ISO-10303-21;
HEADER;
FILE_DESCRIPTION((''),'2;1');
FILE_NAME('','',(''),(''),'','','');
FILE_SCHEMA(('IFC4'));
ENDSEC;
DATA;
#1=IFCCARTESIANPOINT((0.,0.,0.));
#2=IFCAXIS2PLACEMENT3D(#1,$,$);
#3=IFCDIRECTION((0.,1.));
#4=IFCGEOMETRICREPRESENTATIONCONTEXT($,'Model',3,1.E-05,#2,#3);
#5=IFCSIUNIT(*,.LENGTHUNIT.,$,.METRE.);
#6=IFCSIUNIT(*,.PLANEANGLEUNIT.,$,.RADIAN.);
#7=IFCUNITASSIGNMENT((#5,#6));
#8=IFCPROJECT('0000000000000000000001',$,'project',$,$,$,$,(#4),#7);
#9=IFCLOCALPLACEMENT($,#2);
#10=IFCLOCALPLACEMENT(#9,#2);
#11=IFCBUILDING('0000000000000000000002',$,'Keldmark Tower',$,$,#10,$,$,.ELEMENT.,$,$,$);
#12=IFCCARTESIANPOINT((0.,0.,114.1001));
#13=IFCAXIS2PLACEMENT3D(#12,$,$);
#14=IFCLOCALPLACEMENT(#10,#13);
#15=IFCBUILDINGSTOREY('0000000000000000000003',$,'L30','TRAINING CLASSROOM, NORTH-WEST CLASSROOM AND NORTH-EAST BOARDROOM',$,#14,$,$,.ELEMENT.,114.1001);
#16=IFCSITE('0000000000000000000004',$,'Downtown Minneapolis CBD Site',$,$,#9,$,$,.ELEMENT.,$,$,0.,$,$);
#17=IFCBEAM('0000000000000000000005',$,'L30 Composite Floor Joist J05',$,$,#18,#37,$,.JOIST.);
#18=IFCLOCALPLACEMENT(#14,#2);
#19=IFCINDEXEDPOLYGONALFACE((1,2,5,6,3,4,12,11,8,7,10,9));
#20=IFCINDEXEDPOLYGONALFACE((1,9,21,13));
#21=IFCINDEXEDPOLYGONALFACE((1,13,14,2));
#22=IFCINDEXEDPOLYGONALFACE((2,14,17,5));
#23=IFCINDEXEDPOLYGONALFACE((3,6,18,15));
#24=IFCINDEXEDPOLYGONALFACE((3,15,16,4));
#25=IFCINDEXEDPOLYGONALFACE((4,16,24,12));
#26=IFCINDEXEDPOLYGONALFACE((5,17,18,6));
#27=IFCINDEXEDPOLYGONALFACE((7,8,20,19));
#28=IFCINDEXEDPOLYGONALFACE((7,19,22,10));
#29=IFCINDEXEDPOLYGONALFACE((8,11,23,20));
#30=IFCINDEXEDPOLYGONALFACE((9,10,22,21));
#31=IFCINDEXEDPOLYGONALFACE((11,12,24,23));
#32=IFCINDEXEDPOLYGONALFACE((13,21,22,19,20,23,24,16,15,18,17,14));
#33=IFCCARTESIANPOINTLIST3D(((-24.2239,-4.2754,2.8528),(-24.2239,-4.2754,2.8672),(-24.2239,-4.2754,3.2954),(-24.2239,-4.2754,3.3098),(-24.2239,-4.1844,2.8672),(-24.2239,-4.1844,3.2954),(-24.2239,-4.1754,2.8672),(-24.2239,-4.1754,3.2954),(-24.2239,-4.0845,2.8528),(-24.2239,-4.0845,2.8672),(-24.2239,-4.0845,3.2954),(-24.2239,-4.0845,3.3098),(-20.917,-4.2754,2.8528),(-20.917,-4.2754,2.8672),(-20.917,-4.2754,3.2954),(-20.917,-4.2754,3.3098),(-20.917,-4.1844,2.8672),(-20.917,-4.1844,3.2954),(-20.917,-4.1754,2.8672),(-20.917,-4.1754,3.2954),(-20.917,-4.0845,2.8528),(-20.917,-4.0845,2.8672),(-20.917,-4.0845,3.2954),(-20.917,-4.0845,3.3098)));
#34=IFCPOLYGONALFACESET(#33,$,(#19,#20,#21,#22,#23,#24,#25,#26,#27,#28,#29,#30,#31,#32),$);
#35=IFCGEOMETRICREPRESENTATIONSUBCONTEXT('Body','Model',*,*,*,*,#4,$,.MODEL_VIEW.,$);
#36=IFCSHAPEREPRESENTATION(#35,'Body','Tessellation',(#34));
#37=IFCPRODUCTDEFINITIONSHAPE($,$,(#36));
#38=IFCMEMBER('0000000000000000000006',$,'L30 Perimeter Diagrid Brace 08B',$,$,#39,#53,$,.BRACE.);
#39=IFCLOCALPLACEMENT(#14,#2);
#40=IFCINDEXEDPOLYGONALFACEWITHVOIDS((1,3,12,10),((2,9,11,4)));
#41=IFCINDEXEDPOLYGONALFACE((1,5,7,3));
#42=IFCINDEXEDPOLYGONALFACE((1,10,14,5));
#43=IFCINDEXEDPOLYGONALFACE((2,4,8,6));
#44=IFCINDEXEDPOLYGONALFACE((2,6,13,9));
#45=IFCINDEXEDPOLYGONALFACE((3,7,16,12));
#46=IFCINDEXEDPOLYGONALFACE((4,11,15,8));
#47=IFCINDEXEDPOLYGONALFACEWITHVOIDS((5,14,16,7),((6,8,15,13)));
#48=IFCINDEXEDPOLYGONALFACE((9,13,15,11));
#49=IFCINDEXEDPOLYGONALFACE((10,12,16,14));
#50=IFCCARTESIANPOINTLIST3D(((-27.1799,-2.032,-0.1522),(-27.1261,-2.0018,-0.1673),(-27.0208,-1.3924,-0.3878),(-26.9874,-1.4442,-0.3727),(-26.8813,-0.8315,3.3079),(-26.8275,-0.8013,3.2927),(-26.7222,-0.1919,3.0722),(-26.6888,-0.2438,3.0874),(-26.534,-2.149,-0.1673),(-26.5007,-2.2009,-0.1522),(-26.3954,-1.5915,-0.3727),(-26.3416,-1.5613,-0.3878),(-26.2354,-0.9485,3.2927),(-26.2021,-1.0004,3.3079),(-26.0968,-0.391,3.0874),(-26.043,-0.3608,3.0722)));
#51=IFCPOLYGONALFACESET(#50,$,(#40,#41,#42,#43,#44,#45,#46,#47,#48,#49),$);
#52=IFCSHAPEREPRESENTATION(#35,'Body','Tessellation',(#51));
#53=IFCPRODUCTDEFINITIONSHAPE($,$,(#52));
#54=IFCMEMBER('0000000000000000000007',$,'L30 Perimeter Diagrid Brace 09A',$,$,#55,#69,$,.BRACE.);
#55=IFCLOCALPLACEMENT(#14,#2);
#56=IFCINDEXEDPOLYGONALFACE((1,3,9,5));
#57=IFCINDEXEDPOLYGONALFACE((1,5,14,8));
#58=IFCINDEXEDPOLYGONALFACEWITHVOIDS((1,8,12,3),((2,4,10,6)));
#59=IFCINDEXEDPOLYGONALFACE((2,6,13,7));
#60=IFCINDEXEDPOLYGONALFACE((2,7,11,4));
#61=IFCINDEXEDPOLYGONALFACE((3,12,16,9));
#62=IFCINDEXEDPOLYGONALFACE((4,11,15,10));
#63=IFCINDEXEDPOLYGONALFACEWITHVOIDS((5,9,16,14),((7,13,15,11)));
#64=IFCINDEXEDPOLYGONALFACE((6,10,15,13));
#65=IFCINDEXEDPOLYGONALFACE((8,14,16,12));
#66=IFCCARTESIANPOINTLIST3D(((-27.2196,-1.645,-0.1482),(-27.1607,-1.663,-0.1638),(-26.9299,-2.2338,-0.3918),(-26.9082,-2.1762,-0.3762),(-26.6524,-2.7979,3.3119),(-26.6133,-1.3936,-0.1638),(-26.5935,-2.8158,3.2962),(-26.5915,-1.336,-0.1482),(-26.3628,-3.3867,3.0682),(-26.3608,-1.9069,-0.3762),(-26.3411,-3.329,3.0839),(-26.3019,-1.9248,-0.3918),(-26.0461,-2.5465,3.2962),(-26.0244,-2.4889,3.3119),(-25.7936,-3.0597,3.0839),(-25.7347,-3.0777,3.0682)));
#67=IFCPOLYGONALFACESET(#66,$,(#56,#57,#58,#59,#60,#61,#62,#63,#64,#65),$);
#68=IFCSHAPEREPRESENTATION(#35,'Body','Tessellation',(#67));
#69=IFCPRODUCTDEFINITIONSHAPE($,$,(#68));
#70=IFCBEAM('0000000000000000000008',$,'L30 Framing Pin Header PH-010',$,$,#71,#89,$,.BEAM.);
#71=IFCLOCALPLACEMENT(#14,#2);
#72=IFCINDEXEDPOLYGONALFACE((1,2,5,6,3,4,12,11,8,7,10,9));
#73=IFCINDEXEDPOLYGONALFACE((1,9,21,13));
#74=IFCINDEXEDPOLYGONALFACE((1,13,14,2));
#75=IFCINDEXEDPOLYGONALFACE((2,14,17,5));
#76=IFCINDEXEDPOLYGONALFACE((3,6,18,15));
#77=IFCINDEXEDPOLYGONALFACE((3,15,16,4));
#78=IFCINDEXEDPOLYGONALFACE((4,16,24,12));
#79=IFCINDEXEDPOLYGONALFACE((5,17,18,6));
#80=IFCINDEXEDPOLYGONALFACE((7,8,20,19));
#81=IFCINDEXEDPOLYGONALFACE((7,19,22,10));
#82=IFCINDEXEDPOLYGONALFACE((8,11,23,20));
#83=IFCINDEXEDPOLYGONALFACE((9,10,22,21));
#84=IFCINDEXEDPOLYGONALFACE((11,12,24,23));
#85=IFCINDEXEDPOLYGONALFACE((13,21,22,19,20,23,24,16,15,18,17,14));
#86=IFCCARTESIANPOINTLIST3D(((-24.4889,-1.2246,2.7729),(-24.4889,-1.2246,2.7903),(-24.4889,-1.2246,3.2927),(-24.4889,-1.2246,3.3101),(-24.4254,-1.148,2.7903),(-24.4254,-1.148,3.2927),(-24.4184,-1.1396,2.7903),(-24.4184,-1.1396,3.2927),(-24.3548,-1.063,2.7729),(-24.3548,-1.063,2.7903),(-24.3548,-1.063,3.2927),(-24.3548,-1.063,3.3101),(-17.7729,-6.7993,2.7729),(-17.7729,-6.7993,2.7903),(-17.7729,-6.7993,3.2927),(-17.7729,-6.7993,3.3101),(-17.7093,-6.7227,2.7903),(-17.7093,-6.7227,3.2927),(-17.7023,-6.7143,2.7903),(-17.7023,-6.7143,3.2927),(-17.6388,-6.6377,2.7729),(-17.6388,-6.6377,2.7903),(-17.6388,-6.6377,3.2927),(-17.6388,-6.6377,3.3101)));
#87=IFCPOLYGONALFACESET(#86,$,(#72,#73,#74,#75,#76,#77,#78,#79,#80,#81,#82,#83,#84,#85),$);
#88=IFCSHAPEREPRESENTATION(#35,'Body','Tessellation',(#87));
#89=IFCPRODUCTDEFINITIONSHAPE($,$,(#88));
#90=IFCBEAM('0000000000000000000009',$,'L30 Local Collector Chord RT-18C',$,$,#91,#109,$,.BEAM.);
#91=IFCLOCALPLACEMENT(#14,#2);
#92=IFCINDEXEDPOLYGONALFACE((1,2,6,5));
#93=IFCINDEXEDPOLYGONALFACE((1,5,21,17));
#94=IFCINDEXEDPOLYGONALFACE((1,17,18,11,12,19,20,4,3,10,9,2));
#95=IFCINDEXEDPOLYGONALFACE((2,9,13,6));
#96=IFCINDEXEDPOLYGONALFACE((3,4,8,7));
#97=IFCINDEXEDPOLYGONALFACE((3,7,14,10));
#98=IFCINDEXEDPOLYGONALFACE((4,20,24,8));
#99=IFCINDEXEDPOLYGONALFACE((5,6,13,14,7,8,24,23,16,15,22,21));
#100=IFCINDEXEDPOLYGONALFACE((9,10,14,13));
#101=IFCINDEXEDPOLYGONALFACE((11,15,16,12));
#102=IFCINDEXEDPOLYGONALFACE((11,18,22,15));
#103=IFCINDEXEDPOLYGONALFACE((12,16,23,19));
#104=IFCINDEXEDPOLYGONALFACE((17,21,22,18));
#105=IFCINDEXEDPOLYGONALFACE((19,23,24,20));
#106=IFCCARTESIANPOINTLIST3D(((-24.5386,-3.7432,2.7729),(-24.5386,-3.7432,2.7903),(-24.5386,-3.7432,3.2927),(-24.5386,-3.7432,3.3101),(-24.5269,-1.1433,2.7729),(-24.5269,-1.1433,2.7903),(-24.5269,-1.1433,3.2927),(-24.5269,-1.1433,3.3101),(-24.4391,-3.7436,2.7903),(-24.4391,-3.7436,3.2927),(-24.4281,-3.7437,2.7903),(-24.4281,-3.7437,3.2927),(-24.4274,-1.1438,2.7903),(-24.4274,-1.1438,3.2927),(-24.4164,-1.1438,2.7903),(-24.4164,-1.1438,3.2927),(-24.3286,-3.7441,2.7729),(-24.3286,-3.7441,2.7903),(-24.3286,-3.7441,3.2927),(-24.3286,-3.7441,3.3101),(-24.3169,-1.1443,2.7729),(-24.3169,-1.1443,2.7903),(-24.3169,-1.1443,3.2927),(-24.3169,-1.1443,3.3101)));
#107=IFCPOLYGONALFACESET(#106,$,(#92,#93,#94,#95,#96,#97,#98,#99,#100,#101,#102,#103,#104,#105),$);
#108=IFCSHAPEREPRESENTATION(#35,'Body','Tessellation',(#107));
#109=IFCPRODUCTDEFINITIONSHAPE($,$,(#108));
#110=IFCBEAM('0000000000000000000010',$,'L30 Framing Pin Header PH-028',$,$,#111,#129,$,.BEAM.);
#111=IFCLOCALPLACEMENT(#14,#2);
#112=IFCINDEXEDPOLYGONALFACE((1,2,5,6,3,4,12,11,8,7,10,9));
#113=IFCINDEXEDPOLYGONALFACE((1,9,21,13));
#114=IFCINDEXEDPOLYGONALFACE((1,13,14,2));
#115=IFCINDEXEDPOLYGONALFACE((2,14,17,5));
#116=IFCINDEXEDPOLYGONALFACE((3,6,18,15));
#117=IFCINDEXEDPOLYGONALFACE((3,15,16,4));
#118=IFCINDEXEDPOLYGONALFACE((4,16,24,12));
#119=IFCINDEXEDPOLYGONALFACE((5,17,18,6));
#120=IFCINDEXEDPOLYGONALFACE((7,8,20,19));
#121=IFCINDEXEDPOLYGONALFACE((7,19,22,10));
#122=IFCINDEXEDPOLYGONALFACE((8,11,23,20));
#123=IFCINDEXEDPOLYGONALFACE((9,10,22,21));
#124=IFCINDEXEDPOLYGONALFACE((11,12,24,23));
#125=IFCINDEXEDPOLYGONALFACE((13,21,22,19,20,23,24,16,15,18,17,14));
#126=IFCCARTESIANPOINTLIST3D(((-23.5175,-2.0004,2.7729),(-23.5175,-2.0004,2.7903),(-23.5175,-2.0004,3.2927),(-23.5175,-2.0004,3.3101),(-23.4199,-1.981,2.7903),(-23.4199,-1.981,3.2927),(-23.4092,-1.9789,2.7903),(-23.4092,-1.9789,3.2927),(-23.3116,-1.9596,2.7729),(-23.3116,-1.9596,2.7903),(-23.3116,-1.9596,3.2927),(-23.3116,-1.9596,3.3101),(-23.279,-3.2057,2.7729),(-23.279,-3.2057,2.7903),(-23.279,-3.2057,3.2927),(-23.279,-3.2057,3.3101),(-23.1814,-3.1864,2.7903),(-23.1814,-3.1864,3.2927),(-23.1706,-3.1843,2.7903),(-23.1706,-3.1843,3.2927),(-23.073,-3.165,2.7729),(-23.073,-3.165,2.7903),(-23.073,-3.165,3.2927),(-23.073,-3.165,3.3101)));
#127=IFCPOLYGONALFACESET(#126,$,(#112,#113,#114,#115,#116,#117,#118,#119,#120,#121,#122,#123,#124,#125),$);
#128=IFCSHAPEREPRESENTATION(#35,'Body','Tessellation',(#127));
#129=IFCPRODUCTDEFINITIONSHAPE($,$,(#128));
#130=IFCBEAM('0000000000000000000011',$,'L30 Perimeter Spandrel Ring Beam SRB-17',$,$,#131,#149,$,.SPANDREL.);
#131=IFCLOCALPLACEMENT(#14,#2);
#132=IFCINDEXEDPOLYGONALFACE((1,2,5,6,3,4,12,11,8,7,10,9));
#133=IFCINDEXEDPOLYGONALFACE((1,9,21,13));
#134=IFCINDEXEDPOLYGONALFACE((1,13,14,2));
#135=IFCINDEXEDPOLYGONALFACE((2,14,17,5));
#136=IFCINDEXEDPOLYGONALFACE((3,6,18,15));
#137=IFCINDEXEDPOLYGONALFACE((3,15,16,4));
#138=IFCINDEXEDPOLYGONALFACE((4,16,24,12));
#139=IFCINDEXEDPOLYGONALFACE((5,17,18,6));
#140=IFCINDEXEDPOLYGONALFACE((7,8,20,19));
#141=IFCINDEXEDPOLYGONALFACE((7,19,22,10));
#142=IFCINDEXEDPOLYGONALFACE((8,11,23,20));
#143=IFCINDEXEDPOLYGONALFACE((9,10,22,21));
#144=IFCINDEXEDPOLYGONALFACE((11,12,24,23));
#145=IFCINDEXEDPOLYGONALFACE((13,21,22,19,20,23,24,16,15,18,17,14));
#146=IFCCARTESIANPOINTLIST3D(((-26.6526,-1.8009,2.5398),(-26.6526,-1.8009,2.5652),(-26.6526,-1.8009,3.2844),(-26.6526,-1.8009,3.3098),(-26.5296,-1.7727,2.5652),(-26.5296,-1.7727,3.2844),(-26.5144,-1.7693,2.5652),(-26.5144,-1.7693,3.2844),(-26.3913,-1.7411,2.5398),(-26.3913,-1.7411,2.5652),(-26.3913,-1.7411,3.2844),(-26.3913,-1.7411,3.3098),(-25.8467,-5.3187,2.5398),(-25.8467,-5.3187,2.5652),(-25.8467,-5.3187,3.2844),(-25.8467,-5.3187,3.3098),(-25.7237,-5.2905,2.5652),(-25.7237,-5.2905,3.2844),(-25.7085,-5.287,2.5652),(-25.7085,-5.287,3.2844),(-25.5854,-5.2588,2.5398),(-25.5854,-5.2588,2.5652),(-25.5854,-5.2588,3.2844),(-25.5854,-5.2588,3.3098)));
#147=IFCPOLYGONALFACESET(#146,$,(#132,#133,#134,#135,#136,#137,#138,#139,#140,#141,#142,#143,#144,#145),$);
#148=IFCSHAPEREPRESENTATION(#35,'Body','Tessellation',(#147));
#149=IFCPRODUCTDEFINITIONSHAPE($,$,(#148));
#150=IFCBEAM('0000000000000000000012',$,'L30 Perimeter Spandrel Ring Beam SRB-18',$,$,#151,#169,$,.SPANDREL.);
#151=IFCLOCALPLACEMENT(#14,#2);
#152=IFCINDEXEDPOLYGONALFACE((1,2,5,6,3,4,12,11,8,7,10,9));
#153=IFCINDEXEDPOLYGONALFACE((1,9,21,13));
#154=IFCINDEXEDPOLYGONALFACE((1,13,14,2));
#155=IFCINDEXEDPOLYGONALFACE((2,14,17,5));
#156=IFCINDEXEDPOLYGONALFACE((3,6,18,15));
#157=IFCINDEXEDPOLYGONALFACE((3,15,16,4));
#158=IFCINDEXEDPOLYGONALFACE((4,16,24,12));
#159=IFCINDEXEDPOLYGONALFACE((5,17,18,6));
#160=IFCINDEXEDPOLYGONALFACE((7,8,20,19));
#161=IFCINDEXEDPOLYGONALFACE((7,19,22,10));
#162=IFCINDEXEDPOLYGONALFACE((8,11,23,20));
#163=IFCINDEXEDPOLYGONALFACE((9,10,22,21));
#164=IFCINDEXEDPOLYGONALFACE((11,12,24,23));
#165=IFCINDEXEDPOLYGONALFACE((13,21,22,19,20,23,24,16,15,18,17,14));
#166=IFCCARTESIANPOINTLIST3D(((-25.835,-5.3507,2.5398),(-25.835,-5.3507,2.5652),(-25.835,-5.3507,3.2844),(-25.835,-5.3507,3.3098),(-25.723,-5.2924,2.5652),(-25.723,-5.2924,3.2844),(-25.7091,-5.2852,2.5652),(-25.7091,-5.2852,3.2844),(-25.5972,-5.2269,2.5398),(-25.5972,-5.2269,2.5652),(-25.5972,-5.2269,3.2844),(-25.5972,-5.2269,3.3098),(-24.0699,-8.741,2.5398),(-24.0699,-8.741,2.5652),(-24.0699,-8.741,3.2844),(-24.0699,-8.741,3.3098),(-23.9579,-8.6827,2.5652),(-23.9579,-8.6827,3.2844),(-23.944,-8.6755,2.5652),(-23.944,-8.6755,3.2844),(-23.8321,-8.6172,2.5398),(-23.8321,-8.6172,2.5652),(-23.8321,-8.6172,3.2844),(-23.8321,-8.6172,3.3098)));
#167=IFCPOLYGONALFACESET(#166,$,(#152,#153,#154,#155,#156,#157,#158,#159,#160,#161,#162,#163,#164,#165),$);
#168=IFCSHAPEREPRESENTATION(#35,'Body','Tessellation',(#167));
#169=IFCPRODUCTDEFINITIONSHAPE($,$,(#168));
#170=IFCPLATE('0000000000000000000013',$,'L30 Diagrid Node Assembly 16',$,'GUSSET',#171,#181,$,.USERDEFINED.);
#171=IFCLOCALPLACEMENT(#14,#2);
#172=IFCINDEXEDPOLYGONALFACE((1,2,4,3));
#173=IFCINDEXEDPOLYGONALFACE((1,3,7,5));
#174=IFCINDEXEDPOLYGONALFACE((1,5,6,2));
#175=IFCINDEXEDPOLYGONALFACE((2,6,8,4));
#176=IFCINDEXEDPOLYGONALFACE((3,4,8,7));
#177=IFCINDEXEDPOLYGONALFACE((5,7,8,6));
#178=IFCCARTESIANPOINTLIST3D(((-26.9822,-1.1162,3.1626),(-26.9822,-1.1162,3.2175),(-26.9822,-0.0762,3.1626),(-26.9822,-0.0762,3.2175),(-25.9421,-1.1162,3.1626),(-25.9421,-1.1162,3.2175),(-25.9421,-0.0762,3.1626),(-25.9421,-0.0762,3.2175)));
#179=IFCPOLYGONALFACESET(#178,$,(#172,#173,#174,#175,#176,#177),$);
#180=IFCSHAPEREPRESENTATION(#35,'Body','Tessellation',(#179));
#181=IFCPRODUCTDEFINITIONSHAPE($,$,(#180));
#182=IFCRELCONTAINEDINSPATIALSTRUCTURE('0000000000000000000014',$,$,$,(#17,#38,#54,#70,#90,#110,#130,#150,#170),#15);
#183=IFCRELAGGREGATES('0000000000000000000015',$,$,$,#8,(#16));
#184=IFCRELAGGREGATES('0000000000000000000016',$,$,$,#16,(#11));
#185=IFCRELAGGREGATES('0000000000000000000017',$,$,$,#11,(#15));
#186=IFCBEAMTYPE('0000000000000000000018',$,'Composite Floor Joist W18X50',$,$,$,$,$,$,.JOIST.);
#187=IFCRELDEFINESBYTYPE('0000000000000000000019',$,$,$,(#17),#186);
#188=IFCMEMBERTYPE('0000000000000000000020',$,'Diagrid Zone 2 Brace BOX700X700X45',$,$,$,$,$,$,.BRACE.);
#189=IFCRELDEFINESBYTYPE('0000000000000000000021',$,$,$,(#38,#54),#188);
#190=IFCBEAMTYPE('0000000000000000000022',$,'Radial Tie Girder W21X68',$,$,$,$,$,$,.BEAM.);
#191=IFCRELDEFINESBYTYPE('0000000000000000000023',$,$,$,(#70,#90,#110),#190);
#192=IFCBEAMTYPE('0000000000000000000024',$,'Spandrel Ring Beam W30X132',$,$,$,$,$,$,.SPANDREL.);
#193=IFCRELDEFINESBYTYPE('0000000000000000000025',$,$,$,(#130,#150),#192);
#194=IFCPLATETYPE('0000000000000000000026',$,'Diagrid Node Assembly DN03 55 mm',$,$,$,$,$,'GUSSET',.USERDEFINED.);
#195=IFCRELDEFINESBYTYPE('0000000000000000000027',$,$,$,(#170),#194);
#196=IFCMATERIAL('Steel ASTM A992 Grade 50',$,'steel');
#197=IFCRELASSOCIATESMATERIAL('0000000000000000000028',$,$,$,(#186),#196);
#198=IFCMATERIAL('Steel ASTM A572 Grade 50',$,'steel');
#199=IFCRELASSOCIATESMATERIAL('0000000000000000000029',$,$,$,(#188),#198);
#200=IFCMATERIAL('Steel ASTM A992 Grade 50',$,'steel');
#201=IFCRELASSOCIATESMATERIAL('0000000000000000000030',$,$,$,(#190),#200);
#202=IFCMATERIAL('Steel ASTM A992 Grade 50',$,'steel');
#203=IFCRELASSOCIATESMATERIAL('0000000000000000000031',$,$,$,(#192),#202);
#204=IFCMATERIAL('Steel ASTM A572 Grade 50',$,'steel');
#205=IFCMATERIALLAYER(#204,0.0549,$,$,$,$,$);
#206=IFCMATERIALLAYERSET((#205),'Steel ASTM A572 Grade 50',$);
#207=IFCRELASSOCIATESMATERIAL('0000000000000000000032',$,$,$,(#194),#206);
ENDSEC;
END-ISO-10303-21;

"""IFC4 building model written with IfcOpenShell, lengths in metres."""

from ifc_helpers import new_model, si_unit, direction, frame, origin, origin_2d, place, context, subcontext, project, spatial, rectangle, hollow_rectangle, i_section, extrude, material, layer, layer_set, material_profile, profile_set, type_object, element, save


model = new_model("IFC4")

# Units and contexts
model_context = context("Model", 3, precision=1e-05, world=origin(), true_north=direction((0.0, 1.0)))
body_context = subcontext(model_context, "Body", "Model", "MODEL_VIEW")
ifc_project = project(units=[si_unit("LENGTHUNIT", "METRE"), si_unit("PLANEANGLEUNIT", "RADIAN")], contexts=[model_context])

# Site, building, storey
site_placement = place(None, origin())
site = spatial("IfcSite", under=ifc_project, at=site_placement, Name="Downtown Minneapolis CBD Site", CompositionType="ELEMENT", RefElevation=0.0)
building_placement = place(site_placement, origin())
building = spatial("IfcBuilding", under=site, at=building_placement, Name="Keldmark Tower", CompositionType="ELEMENT")
storey_placement = place(building_placement, frame((0.0, 0.0, 114.1001)))
storey = spatial("IfcBuildingStorey", under=building, at=storey_placement, Name="L30", Description="TRAINING CLASSROOM, NORTH-WEST CLASSROOM AND NORTH-EAST BOARDROOM", CompositionType="ELEMENT", Elevation=114.1001)

# Beam
ifc_material_1 = material(Name="Steel ASTM A992 Grade 50", Category="steel")
ifc_material_profile_1 = material_profile(ifc_material_1, i_section(OverallWidth=0.1909, OverallDepth=0.457, WebThickness=0.009, FlangeThickness=0.0144, at=origin_2d()), Name="W18X50")
ifc_profile_set_1 = profile_set([ifc_material_profile_1], Name="Steel ASTM A992 Grade 50")
beam_type_1 = type_object("IfcBeamType", Name="Composite Floor Joist W18X50", PredefinedType="JOIST", material=ifc_profile_set_1)
beam_1_placement = place(storey_placement, frame((-24.2239, -4.1799, 3.0813), z_axis=(1.0, 0.0, 0.0), x_axis=(0.0, 1.0, 0.0)))
element("IfcBeam", 1, at=beam_1_placement, inside=storey, type_object=beam_type_1, Name="L30 Composite Floor Joist J05", PredefinedType="JOIST", context=body_context, shape_type="SweptSolid", body=[
    extrude(i_section(OverallWidth=0.1909, OverallDepth=0.457, WebThickness=0.009, FlangeThickness=0.0144, at=origin_2d()), origin(), (0.0, 0.0, 1.0), 3.3069),
])

# Members
ifc_material_2 = material(Name="Steel ASTM A572 Grade 50", Category="steel")
ifc_material_profile_2 = material_profile(ifc_material_2, hollow_rectangle(XDim=0.7, YDim=0.7, WallThickness=0.0449, at=origin_2d()), Name="BOX700X700X45")
ifc_profile_set_2 = profile_set([ifc_material_profile_2], Name="Steel ASTM A572 Grade 50")
member_type = type_object("IfcMemberType", Name="Diagrid Zone 2 Brace BOX700X700X45", PredefinedType="BRACE", material=ifc_profile_set_2)
member_1_placement = place(storey_placement, frame((-26.7607, -1.7966, -0.27), z_axis=(0.08126, 0.3267, 0.941628), x_axis=(-0.970432, 0.241374, 0.0)))
element("IfcMember", 2, at=member_1_placement, inside=storey, type_object=member_type, Name="L30 Perimeter Diagrid Brace 08B", PredefinedType="BRACE", context=body_context, shape_type="SweptSolid", body=[
    extrude(hollow_rectangle(XDim=0.7, YDim=0.7, WallThickness=0.0449, at=origin_2d()), origin(), (0.0, 0.0, 1.0), 3.6746),
])
member_2_placement = place(storey_placement, frame((-26.7607, -1.7849, -0.27), z_axis=(0.153663, -0.312353, 0.937456), x_axis=(0.897297, 0.441428, 0.0)))
element("IfcMember", 3, at=member_2_placement, inside=storey, type_object=member_type, Name="L30 Perimeter Diagrid Brace 09A", PredefinedType="BRACE", context=body_context, shape_type="SweptSolid", body=[
    extrude(hollow_rectangle(XDim=0.7, YDim=0.7, WallThickness=0.0449, at=origin_2d()), origin(), (0.0, 0.0, 1.0), 3.6909),
])

# Beams
ifc_material_3 = material(Name="Steel ASTM A992 Grade 50", Category="steel")
ifc_material_profile_3 = material_profile(ifc_material_3, i_section(OverallWidth=0.21, OverallDepth=0.5371, WebThickness=0.011, FlangeThickness=0.0173, at=origin_2d()), Name="W21X68")
ifc_profile_set_3 = profile_set([ifc_material_profile_3], Name="Steel ASTM A992 Grade 50")
beam_type_2 = type_object("IfcBeamType", Name="Radial Tie Girder W21X68", PredefinedType="BEAM", material=ifc_profile_set_3)
beam_2_placement = place(storey_placement, frame((-24.4219, -1.1438, 3.0415), z_axis=(0.76946, -0.638695, 0.0), x_axis=(0.638695, 0.76946, 0.0)))
element("IfcBeam", 4, at=beam_2_placement, inside=storey, type_object=beam_type_2, Name="L30 Framing Pin Header PH-010", PredefinedType="BEAM", context=body_context, shape_type="SweptSolid", body=[
    extrude(i_section(OverallWidth=0.21, OverallDepth=0.5371, WebThickness=0.011, FlangeThickness=0.0173, at=origin_2d()), origin(), (0.0, 0.0, 1.0), 8.7283),
])
beam_3_placement = place(storey_placement, frame((-24.4219, -1.1438, 3.0415), z_axis=(-0.004507, -0.99999, 0.0), x_axis=(0.99999, -0.004507, 0.0)))
element("IfcBeam", 5, at=beam_3_placement, inside=storey, type_object=beam_type_2, Name="L30 Local Collector Chord RT-18C", PredefinedType="BEAM", context=body_context, shape_type="SweptSolid", body=[
    extrude(i_section(OverallWidth=0.21, OverallDepth=0.5371, WebThickness=0.011, FlangeThickness=0.0173, at=origin_2d()), origin(), (0.0, 0.0, 1.0), 2.5999),
])
beam_4_placement = place(storey_placement, frame((-23.4146, -1.98, 3.0415), z_axis=(0.194129, -0.980976, 0.0), x_axis=(0.980976, 0.194129, 0.0)))
element("IfcBeam", 6, at=beam_4_placement, inside=storey, type_object=beam_type_2, Name="L30 Framing Pin Header PH-028", PredefinedType="BEAM", context=body_context, shape_type="SweptSolid", body=[
    extrude(i_section(OverallWidth=0.21, OverallDepth=0.5371, WebThickness=0.011, FlangeThickness=0.0173, at=origin_2d()), origin(), (0.0, 0.0, 1.0), 1.2288),
])
ifc_material_4 = material(Name="Steel ASTM A992 Grade 50", Category="steel")
ifc_material_profile_4 = material_profile(ifc_material_4, i_section(OverallWidth=0.2681, OverallDepth=0.77, WebThickness=0.0156, FlangeThickness=0.0254, at=origin_2d()), Name="W30X132")
ifc_profile_set_4 = profile_set([ifc_material_profile_4], Name="Steel ASTM A992 Grade 50")
beam_type_3 = type_object("IfcBeamType", Name="Spandrel Ring Beam W30X132", PredefinedType="SPANDREL", material=ifc_profile_set_4)
beam_5_placement = place(storey_placement, frame((-26.522, -1.771, 2.9248), z_axis=(0.223308, -0.974748, 0.0), x_axis=(0.974748, 0.223308, 0.0)))
element("IfcBeam", 7, at=beam_5_placement, inside=storey, type_object=beam_type_3, Name="L30 Perimeter Spandrel Ring Beam SRB-17", PredefinedType="SPANDREL", context=body_context, shape_type="SweptSolid", body=[
    extrude(i_section(OverallWidth=0.2681, OverallDepth=0.77, WebThickness=0.0156, FlangeThickness=0.0254, at=origin_2d()), origin(), (0.0, 0.0, 1.0), 3.6089),
])
beam_6_placement = place(storey_placement, frame((-25.7161, -5.2888, 2.9248), z_axis=(0.461793, -0.886988, 0.0), x_axis=(0.886988, 0.461793, 0.0)))
element("IfcBeam", 8, at=beam_6_placement, inside=storey, type_object=beam_type_3, Name="L30 Perimeter Spandrel Ring Beam SRB-18", PredefinedType="SPANDREL", context=body_context, shape_type="SweptSolid", body=[
    extrude(i_section(OverallWidth=0.2681, OverallDepth=0.77, WebThickness=0.0156, FlangeThickness=0.0254, at=origin_2d()), origin(), (0.0, 0.0, 1.0), 3.8223),
])

# Plate
ifc_material_5 = material(Name="Steel ASTM A572 Grade 50", Category="steel")
ifc_layer_1 = layer(ifc_material_5, 0.0549)
ifc_layer_set_1 = layer_set([ifc_layer_1], Name="Steel ASTM A572 Grade 50")
plate_type = type_object("IfcPlateType", Name="Diagrid Node Assembly DN03 55 mm", ElementType="GUSSET", PredefinedType="USERDEFINED", material=ifc_layer_set_1)
for number, where, z_axis, x_axis, name in (
    (9, (-26.4622, -0.5962, 3.1626), (0.0, 0.0, 1.0), (0.0, -1.0, 0.0), "L30 Diagrid Node Assembly 16"),
):
    element("IfcPlate", number, at=place(storey_placement, frame(where, z_axis=z_axis, x_axis=x_axis)), inside=storey, type_object=plate_type, Name=name, ObjectType="GUSSET", PredefinedType="USERDEFINED", context=body_context, shape_type="SweptSolid", body=[
        extrude(rectangle(XDim=1.04, YDim=1.04, at=origin_2d()), origin(), (0.0, 0.0, 1.0), 0.0549),
    ])

save(model, "model.ifc")
